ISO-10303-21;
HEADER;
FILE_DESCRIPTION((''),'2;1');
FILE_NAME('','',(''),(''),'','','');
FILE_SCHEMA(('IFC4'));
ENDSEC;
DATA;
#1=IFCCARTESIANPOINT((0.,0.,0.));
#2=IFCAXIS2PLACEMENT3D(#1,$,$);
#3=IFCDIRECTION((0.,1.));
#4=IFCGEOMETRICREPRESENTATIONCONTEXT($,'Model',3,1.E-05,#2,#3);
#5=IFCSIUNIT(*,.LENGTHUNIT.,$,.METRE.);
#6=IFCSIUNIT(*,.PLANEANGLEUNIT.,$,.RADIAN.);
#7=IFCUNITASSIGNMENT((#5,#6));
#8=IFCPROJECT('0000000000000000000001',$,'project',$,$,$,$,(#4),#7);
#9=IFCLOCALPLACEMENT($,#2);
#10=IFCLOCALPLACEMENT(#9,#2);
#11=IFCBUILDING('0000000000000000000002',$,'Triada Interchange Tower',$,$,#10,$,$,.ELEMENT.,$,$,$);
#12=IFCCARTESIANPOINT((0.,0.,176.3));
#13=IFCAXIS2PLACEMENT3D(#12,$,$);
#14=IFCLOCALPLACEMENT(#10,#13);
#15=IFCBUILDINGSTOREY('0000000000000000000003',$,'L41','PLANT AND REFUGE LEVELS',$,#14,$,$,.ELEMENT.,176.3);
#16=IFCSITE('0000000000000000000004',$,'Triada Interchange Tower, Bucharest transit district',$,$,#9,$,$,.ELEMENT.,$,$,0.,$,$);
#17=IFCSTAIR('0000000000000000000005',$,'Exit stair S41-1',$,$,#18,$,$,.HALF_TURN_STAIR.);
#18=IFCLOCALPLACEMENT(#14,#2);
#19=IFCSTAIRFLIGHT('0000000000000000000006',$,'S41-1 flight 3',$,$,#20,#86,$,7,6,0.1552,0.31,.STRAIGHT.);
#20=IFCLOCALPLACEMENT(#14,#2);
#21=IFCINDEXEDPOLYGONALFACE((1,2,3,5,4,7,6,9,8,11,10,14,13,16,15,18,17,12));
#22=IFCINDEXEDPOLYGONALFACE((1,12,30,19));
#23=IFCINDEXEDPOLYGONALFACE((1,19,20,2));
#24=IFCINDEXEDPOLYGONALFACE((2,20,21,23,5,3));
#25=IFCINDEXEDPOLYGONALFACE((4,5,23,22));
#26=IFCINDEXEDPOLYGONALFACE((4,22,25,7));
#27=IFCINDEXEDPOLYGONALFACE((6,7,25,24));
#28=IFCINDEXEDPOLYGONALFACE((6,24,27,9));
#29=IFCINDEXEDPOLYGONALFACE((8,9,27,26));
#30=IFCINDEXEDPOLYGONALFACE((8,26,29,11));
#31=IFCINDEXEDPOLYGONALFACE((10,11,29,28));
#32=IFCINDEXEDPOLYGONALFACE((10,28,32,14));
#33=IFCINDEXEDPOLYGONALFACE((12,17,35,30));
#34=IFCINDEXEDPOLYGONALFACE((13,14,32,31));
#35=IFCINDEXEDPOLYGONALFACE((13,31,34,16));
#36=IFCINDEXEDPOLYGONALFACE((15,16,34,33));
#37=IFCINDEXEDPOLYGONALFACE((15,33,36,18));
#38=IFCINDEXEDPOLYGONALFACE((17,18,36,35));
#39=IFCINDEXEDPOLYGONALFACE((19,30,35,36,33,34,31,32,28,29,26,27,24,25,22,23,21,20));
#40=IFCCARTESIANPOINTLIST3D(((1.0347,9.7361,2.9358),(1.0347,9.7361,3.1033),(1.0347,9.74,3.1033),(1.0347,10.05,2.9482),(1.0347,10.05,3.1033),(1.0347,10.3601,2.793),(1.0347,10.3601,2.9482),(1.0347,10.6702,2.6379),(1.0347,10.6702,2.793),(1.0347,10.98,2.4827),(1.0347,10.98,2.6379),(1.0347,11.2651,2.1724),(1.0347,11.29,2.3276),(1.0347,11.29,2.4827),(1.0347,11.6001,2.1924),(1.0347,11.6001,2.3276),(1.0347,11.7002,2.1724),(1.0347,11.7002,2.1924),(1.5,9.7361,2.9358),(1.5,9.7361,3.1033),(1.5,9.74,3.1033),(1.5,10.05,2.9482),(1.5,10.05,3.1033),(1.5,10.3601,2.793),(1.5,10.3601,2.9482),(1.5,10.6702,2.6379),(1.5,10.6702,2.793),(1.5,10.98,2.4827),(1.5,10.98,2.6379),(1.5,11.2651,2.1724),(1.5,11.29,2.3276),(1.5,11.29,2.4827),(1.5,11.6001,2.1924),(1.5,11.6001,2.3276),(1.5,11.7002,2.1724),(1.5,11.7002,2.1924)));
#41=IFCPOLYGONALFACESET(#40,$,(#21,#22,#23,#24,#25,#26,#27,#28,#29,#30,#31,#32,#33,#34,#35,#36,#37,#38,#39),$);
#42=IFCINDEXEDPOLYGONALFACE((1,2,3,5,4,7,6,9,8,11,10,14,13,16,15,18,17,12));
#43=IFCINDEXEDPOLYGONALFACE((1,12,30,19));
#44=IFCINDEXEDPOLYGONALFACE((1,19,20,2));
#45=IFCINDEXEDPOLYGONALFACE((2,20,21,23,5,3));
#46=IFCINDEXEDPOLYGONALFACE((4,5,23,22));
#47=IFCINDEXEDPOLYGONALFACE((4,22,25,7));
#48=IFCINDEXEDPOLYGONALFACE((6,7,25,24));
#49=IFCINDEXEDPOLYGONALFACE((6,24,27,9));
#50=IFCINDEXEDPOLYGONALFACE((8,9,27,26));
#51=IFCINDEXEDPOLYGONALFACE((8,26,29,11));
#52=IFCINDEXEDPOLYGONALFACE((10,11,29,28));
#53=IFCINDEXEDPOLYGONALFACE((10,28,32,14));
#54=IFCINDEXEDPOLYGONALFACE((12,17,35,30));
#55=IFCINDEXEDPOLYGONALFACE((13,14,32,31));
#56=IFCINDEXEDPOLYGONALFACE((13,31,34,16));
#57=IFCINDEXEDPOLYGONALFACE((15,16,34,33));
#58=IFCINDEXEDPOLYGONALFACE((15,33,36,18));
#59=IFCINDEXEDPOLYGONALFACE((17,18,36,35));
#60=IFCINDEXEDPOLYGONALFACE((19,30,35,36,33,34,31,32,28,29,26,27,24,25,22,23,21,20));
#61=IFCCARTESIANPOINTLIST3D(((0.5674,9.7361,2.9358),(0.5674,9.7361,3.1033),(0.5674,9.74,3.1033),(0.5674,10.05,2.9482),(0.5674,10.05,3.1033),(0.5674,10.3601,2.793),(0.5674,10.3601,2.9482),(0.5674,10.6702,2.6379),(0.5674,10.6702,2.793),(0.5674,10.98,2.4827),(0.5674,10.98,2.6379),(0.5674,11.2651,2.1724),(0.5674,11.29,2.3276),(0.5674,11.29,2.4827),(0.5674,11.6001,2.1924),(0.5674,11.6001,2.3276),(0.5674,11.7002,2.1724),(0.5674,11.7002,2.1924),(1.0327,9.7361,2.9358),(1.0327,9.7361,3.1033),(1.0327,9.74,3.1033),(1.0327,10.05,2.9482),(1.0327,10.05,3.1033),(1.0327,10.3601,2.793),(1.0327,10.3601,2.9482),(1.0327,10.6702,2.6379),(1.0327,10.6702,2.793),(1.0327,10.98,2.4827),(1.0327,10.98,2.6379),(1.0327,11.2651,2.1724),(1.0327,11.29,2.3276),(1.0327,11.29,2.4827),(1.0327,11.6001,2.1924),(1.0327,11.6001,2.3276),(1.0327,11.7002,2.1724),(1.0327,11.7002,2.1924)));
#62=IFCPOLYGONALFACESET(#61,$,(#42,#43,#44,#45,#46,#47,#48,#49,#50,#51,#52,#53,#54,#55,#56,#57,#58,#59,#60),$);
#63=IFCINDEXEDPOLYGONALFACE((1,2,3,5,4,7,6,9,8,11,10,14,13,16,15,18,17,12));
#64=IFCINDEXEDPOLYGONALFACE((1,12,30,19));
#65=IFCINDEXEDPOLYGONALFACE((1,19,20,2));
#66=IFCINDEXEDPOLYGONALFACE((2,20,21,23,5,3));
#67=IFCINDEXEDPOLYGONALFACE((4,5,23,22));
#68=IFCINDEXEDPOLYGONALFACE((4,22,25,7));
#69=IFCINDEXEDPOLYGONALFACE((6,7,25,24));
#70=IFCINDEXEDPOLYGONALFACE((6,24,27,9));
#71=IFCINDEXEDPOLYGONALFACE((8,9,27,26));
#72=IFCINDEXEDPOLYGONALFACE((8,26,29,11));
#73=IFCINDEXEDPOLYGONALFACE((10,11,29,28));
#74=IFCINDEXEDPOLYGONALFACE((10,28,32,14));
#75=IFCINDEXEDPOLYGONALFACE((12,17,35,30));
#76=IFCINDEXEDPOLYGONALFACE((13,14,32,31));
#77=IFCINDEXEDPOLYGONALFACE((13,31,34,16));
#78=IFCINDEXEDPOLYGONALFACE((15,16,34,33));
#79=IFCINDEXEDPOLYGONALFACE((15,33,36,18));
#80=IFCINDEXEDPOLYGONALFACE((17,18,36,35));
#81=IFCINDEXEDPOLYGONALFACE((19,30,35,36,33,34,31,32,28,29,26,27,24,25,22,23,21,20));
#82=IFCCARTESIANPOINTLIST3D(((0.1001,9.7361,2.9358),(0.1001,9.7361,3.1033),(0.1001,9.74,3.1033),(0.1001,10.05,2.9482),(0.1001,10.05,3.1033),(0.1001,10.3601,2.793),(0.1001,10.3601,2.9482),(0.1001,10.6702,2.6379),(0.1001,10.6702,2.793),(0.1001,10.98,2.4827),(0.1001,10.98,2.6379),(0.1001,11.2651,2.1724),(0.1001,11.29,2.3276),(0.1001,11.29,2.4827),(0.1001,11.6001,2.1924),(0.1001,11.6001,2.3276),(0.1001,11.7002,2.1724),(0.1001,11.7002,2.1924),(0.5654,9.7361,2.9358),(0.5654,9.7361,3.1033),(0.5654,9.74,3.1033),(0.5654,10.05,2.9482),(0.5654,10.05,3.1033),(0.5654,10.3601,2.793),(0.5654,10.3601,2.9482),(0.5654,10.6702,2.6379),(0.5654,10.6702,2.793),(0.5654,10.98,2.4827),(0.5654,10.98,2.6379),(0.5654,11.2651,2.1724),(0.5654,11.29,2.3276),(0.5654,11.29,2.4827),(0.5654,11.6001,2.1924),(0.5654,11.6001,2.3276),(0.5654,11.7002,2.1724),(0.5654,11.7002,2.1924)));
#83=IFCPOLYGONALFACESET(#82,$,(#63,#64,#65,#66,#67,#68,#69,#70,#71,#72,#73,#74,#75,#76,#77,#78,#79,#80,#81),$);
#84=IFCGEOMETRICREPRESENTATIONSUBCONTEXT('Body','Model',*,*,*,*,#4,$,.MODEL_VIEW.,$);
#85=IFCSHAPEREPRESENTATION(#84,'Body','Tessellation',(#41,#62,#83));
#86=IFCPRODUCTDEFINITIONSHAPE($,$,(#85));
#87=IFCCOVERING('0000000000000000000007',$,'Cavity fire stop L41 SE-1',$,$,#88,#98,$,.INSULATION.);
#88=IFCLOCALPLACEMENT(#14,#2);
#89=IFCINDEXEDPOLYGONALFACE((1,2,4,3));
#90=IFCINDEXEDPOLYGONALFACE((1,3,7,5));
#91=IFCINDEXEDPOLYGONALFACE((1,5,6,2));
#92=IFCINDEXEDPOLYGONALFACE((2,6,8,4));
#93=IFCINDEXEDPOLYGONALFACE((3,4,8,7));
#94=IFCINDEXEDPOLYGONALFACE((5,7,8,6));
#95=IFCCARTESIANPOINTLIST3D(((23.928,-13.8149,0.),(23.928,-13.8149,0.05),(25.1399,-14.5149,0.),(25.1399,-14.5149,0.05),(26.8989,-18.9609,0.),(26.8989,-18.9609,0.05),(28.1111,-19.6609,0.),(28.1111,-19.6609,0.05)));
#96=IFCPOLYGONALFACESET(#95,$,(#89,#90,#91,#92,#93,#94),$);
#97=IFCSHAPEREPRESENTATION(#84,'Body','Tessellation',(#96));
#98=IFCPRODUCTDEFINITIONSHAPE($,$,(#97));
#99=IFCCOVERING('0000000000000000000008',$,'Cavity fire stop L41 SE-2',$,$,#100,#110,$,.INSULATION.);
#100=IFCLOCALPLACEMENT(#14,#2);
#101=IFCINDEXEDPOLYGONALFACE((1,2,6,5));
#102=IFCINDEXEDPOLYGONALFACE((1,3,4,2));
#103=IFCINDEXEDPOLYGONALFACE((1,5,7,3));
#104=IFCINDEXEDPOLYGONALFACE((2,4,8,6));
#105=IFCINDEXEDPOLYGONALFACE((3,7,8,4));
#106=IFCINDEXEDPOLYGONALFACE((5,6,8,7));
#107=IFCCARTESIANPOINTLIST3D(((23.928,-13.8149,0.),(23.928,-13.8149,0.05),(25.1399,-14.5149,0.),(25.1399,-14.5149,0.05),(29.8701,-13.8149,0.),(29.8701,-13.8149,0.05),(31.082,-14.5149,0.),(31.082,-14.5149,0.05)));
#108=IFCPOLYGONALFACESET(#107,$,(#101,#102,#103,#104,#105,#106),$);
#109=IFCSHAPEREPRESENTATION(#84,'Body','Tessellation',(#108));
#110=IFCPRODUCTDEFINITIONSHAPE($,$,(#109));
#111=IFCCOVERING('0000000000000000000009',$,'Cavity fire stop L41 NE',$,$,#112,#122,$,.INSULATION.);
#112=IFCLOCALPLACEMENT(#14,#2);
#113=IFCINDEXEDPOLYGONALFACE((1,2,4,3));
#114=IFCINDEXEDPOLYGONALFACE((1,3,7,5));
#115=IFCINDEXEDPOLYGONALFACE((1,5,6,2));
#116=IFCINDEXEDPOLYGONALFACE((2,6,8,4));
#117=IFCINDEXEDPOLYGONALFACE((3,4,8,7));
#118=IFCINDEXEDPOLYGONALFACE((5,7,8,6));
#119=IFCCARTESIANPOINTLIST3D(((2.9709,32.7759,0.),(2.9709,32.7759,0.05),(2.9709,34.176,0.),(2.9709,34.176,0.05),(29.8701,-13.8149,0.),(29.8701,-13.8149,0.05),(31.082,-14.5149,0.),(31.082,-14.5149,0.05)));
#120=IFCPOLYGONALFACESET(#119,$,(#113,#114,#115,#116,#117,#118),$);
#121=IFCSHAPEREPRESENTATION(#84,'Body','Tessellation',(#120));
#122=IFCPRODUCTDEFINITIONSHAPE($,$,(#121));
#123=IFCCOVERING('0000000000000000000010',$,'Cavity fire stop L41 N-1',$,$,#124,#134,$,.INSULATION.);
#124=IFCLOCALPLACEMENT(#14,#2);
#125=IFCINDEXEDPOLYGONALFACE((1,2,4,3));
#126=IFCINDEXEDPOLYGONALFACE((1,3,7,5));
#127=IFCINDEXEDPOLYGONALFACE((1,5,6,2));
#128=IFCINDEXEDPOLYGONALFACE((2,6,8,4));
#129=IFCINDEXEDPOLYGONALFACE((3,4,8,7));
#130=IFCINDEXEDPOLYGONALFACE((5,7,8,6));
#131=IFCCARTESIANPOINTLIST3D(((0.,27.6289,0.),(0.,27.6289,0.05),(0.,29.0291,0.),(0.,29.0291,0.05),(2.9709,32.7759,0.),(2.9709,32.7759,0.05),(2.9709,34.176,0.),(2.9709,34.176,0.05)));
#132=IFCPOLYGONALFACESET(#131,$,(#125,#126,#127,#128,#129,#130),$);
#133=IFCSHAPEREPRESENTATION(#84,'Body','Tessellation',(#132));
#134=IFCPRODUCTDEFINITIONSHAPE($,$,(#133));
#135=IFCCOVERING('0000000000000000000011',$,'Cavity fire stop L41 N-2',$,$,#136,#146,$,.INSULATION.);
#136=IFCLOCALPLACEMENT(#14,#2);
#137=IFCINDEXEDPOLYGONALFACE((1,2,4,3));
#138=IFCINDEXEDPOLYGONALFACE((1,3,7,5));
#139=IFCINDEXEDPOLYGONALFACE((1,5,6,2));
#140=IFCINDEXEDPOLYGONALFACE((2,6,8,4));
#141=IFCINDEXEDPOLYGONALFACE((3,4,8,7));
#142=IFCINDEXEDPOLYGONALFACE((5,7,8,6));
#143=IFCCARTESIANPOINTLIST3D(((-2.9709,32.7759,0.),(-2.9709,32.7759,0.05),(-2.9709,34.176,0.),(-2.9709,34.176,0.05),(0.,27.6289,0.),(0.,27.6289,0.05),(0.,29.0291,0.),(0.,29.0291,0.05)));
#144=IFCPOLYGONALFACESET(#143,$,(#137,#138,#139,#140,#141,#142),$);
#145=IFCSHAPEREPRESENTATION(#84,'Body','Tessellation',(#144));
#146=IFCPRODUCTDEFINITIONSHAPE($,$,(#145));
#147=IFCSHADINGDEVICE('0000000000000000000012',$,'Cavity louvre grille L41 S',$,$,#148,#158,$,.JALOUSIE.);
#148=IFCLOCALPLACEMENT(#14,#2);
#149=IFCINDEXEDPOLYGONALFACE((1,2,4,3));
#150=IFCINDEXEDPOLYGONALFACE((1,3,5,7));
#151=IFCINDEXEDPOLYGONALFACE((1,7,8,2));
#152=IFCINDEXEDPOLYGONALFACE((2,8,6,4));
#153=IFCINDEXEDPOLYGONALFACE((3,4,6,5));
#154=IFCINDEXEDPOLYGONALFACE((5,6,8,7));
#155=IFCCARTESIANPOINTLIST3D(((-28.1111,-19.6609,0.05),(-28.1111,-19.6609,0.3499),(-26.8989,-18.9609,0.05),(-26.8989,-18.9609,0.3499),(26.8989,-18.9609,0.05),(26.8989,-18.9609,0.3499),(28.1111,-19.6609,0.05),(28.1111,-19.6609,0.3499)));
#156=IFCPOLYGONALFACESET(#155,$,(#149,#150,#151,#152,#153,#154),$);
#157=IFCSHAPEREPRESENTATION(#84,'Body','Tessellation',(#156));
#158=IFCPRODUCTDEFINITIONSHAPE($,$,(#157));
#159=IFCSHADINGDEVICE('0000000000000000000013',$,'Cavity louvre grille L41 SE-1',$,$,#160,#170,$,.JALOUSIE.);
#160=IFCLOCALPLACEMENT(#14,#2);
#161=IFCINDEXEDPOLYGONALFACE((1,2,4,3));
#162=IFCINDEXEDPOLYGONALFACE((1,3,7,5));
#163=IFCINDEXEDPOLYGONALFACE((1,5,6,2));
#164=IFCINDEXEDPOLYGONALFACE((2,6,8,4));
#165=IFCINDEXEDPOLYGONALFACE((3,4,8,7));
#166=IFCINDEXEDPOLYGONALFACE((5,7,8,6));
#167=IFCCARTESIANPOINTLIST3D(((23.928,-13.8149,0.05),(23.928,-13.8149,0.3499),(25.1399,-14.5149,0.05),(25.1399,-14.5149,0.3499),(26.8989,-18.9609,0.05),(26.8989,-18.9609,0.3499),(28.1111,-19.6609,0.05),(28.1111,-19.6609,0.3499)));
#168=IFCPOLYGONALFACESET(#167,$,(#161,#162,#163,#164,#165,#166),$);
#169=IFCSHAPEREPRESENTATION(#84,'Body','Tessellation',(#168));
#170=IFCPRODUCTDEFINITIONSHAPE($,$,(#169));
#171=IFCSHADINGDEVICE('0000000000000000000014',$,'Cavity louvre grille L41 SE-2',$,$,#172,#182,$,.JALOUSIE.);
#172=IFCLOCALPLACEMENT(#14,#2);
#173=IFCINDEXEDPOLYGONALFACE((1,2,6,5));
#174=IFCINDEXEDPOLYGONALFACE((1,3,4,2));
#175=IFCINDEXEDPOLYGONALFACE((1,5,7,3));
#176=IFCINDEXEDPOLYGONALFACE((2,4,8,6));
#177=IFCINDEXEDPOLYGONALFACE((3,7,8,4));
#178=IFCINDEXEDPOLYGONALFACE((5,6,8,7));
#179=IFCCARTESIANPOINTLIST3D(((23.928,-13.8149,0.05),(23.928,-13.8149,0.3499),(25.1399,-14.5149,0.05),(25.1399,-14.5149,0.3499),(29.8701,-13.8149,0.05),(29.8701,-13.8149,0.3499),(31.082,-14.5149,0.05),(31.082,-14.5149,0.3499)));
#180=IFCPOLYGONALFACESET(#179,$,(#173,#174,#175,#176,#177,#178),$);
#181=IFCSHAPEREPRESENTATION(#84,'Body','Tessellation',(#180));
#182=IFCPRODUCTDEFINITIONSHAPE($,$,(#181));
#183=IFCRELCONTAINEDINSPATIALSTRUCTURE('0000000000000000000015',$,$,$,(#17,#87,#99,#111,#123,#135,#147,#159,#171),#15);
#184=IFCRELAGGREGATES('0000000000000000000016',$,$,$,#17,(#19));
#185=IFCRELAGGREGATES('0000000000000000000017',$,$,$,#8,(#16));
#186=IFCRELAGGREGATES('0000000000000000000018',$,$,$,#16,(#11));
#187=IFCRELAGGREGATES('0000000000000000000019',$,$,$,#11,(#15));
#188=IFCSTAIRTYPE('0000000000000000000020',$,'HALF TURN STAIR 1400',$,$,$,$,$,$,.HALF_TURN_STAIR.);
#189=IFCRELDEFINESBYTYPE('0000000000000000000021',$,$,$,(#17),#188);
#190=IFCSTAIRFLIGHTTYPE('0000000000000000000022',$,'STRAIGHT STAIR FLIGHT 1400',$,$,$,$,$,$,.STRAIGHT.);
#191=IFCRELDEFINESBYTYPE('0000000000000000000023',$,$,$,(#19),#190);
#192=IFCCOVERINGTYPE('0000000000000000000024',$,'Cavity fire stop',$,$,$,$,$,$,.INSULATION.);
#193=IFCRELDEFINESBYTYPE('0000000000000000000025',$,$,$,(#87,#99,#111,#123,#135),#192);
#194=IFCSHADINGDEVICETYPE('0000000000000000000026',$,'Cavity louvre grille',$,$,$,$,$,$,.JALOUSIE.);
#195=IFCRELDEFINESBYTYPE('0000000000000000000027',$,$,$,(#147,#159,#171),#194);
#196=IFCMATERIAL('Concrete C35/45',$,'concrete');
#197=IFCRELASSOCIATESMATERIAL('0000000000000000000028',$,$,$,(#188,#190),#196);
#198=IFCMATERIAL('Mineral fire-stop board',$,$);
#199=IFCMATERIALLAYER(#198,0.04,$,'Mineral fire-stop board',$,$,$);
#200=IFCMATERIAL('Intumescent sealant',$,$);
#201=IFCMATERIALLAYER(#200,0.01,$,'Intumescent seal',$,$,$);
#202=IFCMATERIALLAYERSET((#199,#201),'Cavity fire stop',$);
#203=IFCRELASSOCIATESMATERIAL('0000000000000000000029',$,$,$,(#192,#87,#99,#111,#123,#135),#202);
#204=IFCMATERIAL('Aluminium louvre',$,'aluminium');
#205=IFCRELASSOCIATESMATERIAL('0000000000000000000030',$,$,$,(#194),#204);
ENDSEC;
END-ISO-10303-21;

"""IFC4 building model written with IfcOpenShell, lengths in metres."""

from ifc_helpers import new_model, si_unit, direction, frame, origin, place, context, subcontext, project, spatial, polyline, outline, extrude, material, layer, layer_set, layer_usage, type_object, element, aggregate, save


model = new_model("IFC4")

# Units and contexts
model_context = context("Model", 3, precision=1e-05, world=origin(), true_north=direction((0.0, 1.0)))
body_context = subcontext(model_context, "Body", "Model", "MODEL_VIEW")
ifc_project = project(units=[si_unit("LENGTHUNIT", "METRE"), si_unit("PLANEANGLEUNIT", "RADIAN")], contexts=[model_context])

# Site, building, storey
site_placement = place(None, origin())
site = spatial("IfcSite", under=ifc_project, at=site_placement, Name="Triada Interchange Tower, Bucharest transit district", CompositionType="ELEMENT", RefElevation=0.0)
building_placement = place(site_placement, origin())
building = spatial("IfcBuilding", under=site, at=building_placement, Name="Triada Interchange Tower", CompositionType="ELEMENT")
storey_placement = place(building_placement, frame((0.0, 0.0, 176.3)))
storey = spatial("IfcBuildingStorey", under=building, at=storey_placement, Name="L41", Description="PLANT AND REFUGE LEVELS", CompositionType="ELEMENT", Elevation=176.3)

# Stair
ifc_material_1 = material(Name="Concrete C35/45", Category="concrete")
stair_type = type_object("IfcStairType", Name="HALF TURN STAIR 1400", PredefinedType="HALF_TURN_STAIR", material=ifc_material_1)
stair_1_placement = place(storey_placement, origin())
stair_1 = element("IfcStair", 1, at=stair_1_placement, inside=storey, type_object=stair_type, Name="Exit stair S41-1", PredefinedType="HALF_TURN_STAIR")

# Stair flight
stair_flight_type = type_object("IfcStairFlightType", Name="STRAIGHT STAIR FLIGHT 1400", PredefinedType="STRAIGHT", material=ifc_material_1)
stair_flight_1_placement = place(storey_placement, frame((0.8, 11.6001, 2.1724), z_axis=(0.0, 0.0, 1.0), x_axis=(0.0, -1.0, 0.0)))
stair_flight_1 = element("IfcStairFlight", 2, at=stair_flight_1_placement, type_object=stair_flight_type, Name="S41-1 flight 3", NumberOfRisers=7, NumberOfTreads=6, PredefinedType="STRAIGHT", RiserHeight=0.1552, TreadLength=0.31, context=body_context, shape_type="SweptSolid", body=[
    extrude(outline(polyline([(-0.1001, 0.0), (-0.1001, 0.02), (0.0, 0.02), (0.0, 0.1553), (0.3101, 0.1553), (0.3101, 0.3103), (0.6201, 0.3103), (0.6201, 0.4656), (0.9299, 0.4656), (0.9299, 0.6206), (1.24, 0.6206), (1.24, 0.7759), (1.55, 0.7759), (1.55, 0.9309), (1.8601, 0.9309), (1.864, 0.9309), (1.864, 1.0862), (1.864, 0.7634), (0.335, 0.0), (-0.1001, 0.0)])), frame((0.0, 0.7, 0.0), z_axis=(0.0, -1.0, 0.0), x_axis=(1.0, 0.0, 0.0)), (0.0, 0.0, 1.0), 0.4653),
    extrude(outline(polyline([(-0.1001, 0.0), (-0.1001, 0.02), (0.0, 0.02), (0.0, 0.1553), (0.3101, 0.1553), (0.3101, 0.3103), (0.6201, 0.3103), (0.6201, 0.4656), (0.9299, 0.4656), (0.9299, 0.6206), (1.24, 0.6206), (1.24, 0.7759), (1.55, 0.7759), (1.55, 0.9309), (1.8601, 0.9309), (1.864, 0.9309), (1.864, 1.0862), (1.864, 0.7634), (0.335, 0.0), (-0.1001, 0.0)])), frame((0.0, 0.2327, 0.0), z_axis=(0.0, -1.0, 0.0), x_axis=(1.0, 0.0, 0.0)), (0.0, 0.0, 1.0), 0.4653),
    extrude(outline(polyline([(-0.1001, 0.0), (-0.1001, 0.02), (0.0, 0.02), (0.0, 0.1553), (0.3101, 0.1553), (0.3101, 0.3103), (0.6201, 0.3103), (0.6201, 0.4656), (0.9299, 0.4656), (0.9299, 0.6206), (1.24, 0.6206), (1.24, 0.7759), (1.55, 0.7759), (1.55, 0.9309), (1.8601, 0.9309), (1.864, 0.9309), (1.864, 1.0862), (1.864, 0.7634), (0.335, 0.0), (-0.1001, 0.0)])), frame((0.0, -0.2346, 0.0), z_axis=(0.0, -1.0, 0.0), x_axis=(1.0, 0.0, 0.0)), (0.0, 0.0, 1.0), 0.4653),
])

# Coverings
ifc_material_2 = material(Name="Mineral fire-stop board")
ifc_layer_1 = layer(ifc_material_2, 0.04, Name="Mineral fire-stop board")
ifc_material_3 = material(Name="Intumescent sealant")
ifc_layer_2 = layer(ifc_material_3, 0.01, Name="Intumescent seal")
ifc_layer_set_1 = layer_set([ifc_layer_1, ifc_layer_2], Name="Cavity fire stop")
ifc_layer_usage = layer_usage(ifc_layer_set_1, "AXIS3", "POSITIVE", 0.0)
covering_type = type_object("IfcCoveringType", Name="Cavity fire stop", PredefinedType="INSULATION", material=ifc_layer_set_1)
covering_1_placement = place(storey_placement, origin())
element("IfcCovering", 3, at=covering_1_placement, inside=storey, type_object=covering_type, material=ifc_layer_usage, Name="Cavity fire stop L41 SE-1", PredefinedType="INSULATION", context=body_context, shape_type="SweptSolid", body=[
    extrude(outline(polyline([(26.8989, -18.9609), (28.1111, -19.6609), (25.1399, -14.5149), (23.928, -13.8149), (26.8989, -18.9609)])), origin(), (0.0, 0.0, 1.0), 0.05),
])
covering_2_placement = place(storey_placement, origin())
element("IfcCovering", 4, at=covering_2_placement, inside=storey, type_object=covering_type, material=ifc_layer_usage, Name="Cavity fire stop L41 SE-2", PredefinedType="INSULATION", context=body_context, shape_type="SweptSolid", body=[
    extrude(outline(polyline([(23.928, -13.8149), (25.1399, -14.5149), (31.082, -14.5149), (29.8701, -13.8149), (23.928, -13.8149)])), origin(), (0.0, 0.0, 1.0), 0.05),
])
covering_3_placement = place(storey_placement, origin())
element("IfcCovering", 5, at=covering_3_placement, inside=storey, type_object=covering_type, material=ifc_layer_usage, Name="Cavity fire stop L41 NE", PredefinedType="INSULATION", context=body_context, shape_type="SweptSolid", body=[
    extrude(outline(polyline([(29.8701, -13.8149), (31.082, -14.5149), (2.9709, 34.176), (2.9709, 32.7759), (29.8701, -13.8149)])), origin(), (0.0, 0.0, 1.0), 0.05),
])
covering_4_placement = place(storey_placement, origin())
element("IfcCovering", 6, at=covering_4_placement, inside=storey, type_object=covering_type, material=ifc_layer_usage, Name="Cavity fire stop L41 N-1", PredefinedType="INSULATION", context=body_context, shape_type="SweptSolid", body=[
    extrude(outline(polyline([(2.9709, 32.7759), (2.9709, 34.176), (0.0, 29.0291), (0.0, 27.6289), (2.9709, 32.7759)])), origin(), (0.0, 0.0, 1.0), 0.05),
])
covering_5_placement = place(storey_placement, origin())
element("IfcCovering", 7, at=covering_5_placement, inside=storey, type_object=covering_type, material=ifc_layer_usage, Name="Cavity fire stop L41 N-2", PredefinedType="INSULATION", context=body_context, shape_type="SweptSolid", body=[
    extrude(outline(polyline([(0.0, 27.6289), (0.0, 29.0291), (-2.9709, 34.176), (-2.9709, 32.7759), (0.0, 27.6289)])), origin(), (0.0, 0.0, 1.0), 0.05),
])

# Shading devices
ifc_material_4 = material(Name="Aluminium louvre", Category="aluminium")
shading_device_type = type_object("IfcShadingDeviceType", Name="Cavity louvre grille", PredefinedType="JALOUSIE", material=ifc_material_4)
shading_device_1_placement = place(storey_placement, frame((0.0, 0.0, 0.05)))
element("IfcShadingDevice", 8, at=shading_device_1_placement, inside=storey, type_object=shading_device_type, Name="Cavity louvre grille L41 S", PredefinedType="JALOUSIE", context=body_context, shape_type="SweptSolid", body=[
    extrude(outline(polyline([(-26.8989, -18.9609), (-28.1111, -19.6609), (28.1111, -19.6609), (26.8989, -18.9609), (-26.8989, -18.9609)])), origin(), (0.0, 0.0, 1.0), 0.2998),
])
shading_device_2_placement = place(storey_placement, frame((0.0, 0.0, 0.05)))
element("IfcShadingDevice", 9, at=shading_device_2_placement, inside=storey, type_object=shading_device_type, Name="Cavity louvre grille L41 SE-1", PredefinedType="JALOUSIE", context=body_context, shape_type="SweptSolid", body=[
    extrude(outline(polyline([(26.8989, -18.9609), (28.1111, -19.6609), (25.1399, -14.5149), (23.928, -13.8149), (26.8989, -18.9609)])), origin(), (0.0, 0.0, 1.0), 0.2998),
])
shading_device_3_placement = place(storey_placement, frame((0.0, 0.0, 0.05)))
element("IfcShadingDevice", 10, at=shading_device_3_placement, inside=storey, type_object=shading_device_type, Name="Cavity louvre grille L41 SE-2", PredefinedType="JALOUSIE", context=body_context, shape_type="SweptSolid", body=[
    extrude(outline(polyline([(23.928, -13.8149), (25.1399, -14.5149), (31.082, -14.5149), (29.8701, -13.8149), (23.928, -13.8149)])), origin(), (0.0, 0.0, 1.0), 0.2998),
])

aggregate(stair_1, [stair_flight_1])

save(model, "model.ifc")
